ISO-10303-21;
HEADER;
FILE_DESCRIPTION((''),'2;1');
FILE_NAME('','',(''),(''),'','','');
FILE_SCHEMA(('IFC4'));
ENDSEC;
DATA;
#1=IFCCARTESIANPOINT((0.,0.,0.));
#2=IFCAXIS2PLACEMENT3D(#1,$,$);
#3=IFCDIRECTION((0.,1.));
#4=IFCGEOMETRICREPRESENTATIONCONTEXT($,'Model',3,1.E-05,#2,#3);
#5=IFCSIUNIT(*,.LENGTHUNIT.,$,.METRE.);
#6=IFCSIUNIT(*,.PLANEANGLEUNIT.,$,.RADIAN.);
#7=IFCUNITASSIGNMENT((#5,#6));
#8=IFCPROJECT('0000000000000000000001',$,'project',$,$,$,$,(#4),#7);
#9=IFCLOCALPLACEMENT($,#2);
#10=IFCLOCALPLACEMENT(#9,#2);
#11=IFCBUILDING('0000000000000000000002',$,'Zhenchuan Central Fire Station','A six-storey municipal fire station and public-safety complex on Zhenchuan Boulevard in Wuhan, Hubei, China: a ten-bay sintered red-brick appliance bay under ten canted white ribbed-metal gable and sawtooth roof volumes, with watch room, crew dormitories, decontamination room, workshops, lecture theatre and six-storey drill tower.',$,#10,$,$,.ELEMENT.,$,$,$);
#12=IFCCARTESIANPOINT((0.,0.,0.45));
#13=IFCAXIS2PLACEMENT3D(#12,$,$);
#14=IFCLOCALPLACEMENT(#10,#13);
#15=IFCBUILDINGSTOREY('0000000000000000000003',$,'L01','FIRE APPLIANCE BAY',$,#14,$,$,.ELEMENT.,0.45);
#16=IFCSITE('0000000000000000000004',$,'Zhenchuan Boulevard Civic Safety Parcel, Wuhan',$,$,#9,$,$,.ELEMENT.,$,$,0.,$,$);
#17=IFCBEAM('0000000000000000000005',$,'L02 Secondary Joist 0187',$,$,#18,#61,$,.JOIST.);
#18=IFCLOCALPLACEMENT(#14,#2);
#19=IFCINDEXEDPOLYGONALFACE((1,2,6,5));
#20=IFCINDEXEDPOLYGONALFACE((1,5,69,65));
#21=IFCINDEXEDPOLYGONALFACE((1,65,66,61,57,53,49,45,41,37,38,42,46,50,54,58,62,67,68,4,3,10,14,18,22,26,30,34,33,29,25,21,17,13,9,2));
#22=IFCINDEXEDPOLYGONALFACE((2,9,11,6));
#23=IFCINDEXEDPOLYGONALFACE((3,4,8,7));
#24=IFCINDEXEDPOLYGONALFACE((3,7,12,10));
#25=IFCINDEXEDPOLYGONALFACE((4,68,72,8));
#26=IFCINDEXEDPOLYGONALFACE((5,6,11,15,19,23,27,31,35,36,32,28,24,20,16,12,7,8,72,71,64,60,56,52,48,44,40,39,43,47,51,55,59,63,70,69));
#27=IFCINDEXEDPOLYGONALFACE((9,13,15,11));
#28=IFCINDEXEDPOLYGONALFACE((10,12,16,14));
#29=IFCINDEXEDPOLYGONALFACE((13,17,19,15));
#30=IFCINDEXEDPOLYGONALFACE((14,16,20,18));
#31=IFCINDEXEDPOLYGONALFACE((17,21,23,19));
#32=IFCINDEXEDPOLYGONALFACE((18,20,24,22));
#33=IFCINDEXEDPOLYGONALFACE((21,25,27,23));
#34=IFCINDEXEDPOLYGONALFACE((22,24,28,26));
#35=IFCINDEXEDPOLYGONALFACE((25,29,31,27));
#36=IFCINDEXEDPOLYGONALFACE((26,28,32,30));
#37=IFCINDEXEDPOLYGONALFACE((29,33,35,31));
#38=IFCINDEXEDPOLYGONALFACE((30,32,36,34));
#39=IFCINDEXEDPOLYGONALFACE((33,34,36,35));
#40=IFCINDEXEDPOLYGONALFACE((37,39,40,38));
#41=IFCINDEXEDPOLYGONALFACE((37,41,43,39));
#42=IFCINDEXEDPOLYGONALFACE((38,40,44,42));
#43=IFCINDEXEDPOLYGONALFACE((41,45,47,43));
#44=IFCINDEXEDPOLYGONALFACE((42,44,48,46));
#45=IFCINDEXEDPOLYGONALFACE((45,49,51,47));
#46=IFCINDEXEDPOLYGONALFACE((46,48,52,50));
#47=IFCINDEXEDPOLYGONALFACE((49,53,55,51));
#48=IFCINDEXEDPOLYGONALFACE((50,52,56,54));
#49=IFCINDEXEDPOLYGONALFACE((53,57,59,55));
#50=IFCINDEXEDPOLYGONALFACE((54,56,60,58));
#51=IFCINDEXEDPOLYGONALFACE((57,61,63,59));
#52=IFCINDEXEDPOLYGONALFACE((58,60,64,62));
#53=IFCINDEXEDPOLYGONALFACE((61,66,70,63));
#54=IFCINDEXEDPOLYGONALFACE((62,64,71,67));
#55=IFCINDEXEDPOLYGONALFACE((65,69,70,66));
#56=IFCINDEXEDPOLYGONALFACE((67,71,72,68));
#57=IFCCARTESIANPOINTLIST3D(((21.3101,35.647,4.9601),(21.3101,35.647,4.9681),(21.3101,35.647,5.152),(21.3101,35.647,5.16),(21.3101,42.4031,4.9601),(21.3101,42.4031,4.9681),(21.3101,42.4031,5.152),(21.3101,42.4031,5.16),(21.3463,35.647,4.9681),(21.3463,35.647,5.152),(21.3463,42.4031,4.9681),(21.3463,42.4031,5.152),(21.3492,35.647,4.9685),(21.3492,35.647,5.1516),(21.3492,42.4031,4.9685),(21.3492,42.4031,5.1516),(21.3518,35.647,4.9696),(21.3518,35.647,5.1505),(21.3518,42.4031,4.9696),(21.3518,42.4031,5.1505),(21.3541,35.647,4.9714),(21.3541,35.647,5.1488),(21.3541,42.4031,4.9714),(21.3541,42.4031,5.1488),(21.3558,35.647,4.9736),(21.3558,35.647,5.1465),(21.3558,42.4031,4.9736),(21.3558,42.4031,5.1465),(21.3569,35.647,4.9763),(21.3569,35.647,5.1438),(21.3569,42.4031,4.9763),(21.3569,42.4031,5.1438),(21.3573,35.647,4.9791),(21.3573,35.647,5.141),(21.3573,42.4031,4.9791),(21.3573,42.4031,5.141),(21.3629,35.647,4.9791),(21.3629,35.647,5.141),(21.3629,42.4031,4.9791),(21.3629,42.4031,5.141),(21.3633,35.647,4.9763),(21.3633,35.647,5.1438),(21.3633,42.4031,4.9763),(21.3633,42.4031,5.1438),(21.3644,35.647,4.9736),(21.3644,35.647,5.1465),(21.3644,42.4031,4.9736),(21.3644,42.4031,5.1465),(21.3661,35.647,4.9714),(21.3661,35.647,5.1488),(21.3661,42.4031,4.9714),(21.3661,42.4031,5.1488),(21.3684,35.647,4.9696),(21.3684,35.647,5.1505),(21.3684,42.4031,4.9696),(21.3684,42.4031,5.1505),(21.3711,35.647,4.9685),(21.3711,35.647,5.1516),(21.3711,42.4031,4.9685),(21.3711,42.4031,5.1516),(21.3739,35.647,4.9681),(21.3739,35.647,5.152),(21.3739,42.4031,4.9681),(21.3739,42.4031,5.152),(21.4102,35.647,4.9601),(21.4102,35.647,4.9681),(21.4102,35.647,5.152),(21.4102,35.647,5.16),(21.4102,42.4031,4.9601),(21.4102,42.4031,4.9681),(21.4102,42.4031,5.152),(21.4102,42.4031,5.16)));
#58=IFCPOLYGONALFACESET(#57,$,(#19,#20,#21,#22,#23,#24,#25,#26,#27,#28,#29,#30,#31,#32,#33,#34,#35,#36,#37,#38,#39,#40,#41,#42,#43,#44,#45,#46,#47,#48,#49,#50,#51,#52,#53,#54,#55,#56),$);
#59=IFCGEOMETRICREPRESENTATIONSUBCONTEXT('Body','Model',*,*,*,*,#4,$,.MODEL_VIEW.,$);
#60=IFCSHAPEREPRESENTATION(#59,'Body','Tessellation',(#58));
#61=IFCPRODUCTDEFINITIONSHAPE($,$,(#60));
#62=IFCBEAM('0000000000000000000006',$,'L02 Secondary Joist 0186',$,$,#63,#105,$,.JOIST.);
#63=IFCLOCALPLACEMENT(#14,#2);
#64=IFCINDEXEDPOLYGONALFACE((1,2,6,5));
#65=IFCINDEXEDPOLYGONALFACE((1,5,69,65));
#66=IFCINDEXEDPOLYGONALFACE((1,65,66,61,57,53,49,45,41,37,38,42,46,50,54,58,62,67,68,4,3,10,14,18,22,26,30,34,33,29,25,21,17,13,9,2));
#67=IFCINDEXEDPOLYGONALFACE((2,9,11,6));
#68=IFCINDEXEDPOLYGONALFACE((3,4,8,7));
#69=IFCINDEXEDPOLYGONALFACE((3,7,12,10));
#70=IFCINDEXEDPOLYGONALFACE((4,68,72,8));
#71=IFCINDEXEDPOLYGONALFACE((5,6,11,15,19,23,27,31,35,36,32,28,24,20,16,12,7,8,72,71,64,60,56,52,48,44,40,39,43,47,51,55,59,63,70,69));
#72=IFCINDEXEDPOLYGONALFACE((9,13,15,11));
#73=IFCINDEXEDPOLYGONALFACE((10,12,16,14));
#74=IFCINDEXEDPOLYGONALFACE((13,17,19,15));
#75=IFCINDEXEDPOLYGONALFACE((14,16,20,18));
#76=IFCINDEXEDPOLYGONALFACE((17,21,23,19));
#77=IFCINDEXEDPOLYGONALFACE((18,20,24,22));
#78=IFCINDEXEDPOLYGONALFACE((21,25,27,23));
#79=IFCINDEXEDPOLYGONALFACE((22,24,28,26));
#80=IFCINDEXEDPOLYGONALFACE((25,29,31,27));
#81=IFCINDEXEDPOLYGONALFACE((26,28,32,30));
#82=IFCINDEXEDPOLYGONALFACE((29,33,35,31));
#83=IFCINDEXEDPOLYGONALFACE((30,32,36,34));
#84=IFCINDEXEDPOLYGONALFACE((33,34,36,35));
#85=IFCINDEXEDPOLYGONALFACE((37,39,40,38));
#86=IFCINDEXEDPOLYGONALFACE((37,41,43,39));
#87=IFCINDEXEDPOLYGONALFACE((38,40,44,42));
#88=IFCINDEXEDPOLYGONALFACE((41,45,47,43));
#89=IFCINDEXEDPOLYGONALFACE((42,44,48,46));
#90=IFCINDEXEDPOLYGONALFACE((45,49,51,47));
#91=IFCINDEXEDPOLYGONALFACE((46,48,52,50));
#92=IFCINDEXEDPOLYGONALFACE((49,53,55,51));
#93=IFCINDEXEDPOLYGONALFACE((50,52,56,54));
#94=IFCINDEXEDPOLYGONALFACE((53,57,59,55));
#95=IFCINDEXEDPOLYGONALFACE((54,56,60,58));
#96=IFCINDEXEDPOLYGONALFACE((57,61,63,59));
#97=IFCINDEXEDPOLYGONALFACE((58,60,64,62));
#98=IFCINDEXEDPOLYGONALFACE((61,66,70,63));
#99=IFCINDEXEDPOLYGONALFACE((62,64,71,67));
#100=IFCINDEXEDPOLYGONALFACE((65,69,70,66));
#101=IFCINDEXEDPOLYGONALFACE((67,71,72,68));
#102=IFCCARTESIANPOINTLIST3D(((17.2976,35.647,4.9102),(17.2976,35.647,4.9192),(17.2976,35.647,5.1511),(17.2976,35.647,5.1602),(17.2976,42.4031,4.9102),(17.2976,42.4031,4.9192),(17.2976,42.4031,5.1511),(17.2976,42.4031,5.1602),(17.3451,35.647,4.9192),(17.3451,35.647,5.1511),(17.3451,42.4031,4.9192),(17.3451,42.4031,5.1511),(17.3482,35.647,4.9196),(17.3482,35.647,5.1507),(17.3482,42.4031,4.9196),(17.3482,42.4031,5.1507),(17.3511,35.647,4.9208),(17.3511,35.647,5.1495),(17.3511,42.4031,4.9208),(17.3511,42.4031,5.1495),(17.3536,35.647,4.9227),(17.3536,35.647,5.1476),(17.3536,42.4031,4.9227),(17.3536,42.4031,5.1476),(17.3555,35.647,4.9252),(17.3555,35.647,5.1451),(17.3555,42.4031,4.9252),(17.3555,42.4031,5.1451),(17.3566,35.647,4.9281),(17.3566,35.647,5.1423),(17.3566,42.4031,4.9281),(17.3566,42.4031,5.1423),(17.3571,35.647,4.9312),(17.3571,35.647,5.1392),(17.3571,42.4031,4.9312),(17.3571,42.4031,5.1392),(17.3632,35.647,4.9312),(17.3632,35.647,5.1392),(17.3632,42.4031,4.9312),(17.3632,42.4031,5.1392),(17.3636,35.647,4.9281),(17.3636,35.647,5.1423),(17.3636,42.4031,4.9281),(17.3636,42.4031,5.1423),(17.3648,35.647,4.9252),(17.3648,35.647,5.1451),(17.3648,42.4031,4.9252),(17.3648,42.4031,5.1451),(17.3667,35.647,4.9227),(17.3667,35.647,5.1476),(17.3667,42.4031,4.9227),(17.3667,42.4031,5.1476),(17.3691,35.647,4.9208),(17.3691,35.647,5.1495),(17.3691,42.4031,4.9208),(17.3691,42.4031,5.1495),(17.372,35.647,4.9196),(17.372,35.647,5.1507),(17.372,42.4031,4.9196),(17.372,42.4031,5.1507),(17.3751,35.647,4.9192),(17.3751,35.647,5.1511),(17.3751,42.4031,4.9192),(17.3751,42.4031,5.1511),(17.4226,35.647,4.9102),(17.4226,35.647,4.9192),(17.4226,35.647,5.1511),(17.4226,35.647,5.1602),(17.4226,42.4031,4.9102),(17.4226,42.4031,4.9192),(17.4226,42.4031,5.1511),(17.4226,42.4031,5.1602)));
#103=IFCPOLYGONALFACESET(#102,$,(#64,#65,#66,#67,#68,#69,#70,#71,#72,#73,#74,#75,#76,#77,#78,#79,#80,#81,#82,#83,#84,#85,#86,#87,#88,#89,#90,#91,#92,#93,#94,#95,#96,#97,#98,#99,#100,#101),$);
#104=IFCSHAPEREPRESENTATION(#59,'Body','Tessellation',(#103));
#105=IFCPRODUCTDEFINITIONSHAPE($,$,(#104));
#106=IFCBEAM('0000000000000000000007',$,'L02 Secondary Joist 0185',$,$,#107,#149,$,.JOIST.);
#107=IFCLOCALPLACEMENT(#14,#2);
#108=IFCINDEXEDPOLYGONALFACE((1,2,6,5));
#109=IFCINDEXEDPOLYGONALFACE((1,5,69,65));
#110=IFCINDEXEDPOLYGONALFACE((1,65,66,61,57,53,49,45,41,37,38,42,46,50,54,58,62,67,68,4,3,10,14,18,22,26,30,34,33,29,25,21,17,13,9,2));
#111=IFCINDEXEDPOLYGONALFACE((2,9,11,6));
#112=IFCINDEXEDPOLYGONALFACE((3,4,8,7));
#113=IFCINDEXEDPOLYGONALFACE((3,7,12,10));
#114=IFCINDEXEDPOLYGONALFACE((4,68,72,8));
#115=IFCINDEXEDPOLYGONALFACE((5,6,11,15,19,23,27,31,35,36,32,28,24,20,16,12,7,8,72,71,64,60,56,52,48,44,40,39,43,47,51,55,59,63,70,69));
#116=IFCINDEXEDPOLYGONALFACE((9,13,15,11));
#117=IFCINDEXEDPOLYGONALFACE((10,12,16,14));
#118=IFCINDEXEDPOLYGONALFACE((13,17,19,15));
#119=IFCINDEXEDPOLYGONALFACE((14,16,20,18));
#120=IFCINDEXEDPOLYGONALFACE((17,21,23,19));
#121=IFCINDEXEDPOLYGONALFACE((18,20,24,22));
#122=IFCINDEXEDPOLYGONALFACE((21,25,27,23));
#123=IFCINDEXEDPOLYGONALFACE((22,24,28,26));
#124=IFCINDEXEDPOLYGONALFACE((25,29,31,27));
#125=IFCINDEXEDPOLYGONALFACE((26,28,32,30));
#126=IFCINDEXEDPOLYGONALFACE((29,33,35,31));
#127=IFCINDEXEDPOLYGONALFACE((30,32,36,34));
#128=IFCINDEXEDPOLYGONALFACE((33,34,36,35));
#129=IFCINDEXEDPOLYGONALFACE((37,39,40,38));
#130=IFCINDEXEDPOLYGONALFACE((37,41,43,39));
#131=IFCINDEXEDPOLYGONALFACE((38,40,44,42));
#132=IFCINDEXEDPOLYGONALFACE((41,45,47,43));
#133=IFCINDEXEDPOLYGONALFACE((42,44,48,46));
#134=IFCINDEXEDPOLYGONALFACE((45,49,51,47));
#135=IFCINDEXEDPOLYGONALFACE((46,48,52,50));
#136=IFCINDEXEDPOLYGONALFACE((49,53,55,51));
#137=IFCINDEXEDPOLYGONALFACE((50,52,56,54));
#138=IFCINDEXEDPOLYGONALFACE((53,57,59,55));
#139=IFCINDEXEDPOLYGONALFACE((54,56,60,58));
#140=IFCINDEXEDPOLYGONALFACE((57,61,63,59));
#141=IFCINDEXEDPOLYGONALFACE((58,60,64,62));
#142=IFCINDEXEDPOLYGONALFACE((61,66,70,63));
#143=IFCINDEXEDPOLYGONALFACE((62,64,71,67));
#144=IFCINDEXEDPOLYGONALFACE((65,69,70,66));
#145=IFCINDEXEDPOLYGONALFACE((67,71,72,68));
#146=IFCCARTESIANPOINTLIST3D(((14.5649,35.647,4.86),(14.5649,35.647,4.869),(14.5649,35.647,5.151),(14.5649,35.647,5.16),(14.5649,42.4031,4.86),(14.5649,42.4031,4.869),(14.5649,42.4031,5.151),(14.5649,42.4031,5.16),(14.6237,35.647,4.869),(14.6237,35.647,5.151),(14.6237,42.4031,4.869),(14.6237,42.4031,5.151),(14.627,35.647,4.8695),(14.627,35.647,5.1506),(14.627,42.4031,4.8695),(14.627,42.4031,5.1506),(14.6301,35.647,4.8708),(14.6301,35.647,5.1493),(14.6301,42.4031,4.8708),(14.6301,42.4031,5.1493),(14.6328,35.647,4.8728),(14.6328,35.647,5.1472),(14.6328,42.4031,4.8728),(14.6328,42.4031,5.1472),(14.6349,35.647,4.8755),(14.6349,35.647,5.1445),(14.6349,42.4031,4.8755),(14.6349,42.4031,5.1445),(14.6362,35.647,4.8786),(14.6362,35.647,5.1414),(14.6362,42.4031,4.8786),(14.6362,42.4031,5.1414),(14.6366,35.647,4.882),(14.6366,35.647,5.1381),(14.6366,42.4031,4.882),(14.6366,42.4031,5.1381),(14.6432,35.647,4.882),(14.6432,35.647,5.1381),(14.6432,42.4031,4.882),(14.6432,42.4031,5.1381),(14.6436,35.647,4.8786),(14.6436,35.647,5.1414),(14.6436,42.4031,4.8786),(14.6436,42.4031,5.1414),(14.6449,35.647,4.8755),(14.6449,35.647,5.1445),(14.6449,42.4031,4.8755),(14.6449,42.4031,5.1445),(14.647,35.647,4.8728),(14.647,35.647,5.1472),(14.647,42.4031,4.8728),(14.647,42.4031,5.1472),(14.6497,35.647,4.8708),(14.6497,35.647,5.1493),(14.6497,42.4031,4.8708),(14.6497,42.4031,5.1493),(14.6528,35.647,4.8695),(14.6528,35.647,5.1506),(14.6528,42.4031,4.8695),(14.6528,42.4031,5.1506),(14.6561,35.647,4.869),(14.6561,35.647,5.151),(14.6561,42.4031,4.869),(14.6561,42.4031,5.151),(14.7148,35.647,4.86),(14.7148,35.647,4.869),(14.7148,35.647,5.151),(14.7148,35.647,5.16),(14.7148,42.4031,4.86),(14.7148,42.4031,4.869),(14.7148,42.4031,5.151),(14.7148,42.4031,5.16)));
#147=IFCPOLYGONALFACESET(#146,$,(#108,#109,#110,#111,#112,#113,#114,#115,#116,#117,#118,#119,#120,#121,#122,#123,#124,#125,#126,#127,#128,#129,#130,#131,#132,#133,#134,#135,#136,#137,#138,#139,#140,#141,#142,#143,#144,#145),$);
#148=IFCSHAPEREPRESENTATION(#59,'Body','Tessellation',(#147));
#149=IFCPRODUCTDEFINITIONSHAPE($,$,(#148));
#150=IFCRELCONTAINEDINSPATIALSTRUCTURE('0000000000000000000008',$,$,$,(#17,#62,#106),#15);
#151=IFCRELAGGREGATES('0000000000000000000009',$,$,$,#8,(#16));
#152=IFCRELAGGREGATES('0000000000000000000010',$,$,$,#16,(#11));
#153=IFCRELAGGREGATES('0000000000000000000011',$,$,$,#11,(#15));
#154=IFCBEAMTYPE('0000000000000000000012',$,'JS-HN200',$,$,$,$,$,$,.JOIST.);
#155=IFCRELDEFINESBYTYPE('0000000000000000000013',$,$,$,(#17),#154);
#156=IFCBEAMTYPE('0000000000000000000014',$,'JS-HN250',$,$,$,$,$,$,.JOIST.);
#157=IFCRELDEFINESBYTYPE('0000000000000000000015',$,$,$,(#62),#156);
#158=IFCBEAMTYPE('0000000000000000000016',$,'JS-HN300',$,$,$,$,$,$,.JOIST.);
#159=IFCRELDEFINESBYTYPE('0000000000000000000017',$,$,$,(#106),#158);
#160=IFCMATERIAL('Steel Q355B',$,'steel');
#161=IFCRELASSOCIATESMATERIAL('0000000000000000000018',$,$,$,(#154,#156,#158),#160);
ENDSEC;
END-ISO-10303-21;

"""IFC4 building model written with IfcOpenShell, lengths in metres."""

from ifc_helpers import new_model, si_unit, direction, frame, origin, origin_2d, place, context, subcontext, project, spatial, i_section, extrude, material, material_profile, profile_set, type_object, element, save


model = new_model("IFC4")

# Units and contexts
model_context = context("Model", 3, precision=1e-05, world=origin(), true_north=direction((0.0, 1.0)))
body_context = subcontext(model_context, "Body", "Model", "MODEL_VIEW")
ifc_project = project(units=[si_unit("LENGTHUNIT", "METRE"), si_unit("PLANEANGLEUNIT", "RADIAN")], contexts=[model_context])

# Site, building, storey
site_placement = place(None, origin())
site = spatial("IfcSite", under=ifc_project, at=site_placement, Name="Zhenchuan Boulevard Civic Safety Parcel, Wuhan", CompositionType="ELEMENT", RefElevation=0.0)
building_placement = place(site_placement, origin())
building = spatial("IfcBuilding", under=site, at=building_placement, Name="Zhenchuan Central Fire Station", Description="A six-storey municipal fire station and public-safety complex on Zhenchuan Boulevard in Wuhan, Hubei, China: a ten-bay sintered red-brick appliance bay under ten canted white ribbed-metal gable and sawtooth roof volumes, with watch room, crew dormitories, decontamination room, workshops, lecture theatre and six-storey drill tower.", CompositionType="ELEMENT")
storey_placement = place(building_placement, frame((0.0, 0.0, 0.45)))
storey = spatial("IfcBuildingStorey", under=building, at=storey_placement, Name="L01", Description="FIRE APPLIANCE BAY", CompositionType="ELEMENT", Elevation=0.45)

# Beams
ifc_material_1 = material(Name="Steel Q355B", Category="steel")
ifc_material_profile_1 = material_profile(ifc_material_1, i_section(OverallWidth=0.1001, OverallDepth=0.2, WebThickness=0.0056, FlangeThickness=0.0081, FilletRadius=0.011, at=origin_2d()), Name="HN 200x100")
ifc_profile_set_1 = profile_set([ifc_material_profile_1], Name="Steel Q355B")
beam_type_1 = type_object("IfcBeamType", Name="JS-HN200", PredefinedType="JOIST", material=ifc_profile_set_1)
beam_1_placement = place(storey_placement, frame((21.3601, 35.647, 5.0601), z_axis=(0.0, 1.0, 0.0), x_axis=(-1.0, 0.0, 0.0)))
element("IfcBeam", 1, at=beam_1_placement, inside=storey, type_object=beam_type_1, Name="L02 Secondary Joist 0187", PredefinedType="JOIST", context=body_context, shape_type="SweptSolid", body=[
    extrude(i_section(OverallWidth=0.1001, OverallDepth=0.2, WebThickness=0.0056, FlangeThickness=0.0081, FilletRadius=0.011, at=origin_2d()), origin(), (0.0, 0.0, 1.0), 6.7561),
])
ifc_material_profile_2 = material_profile(ifc_material_1, i_section(OverallWidth=0.125, OverallDepth=0.25, WebThickness=0.0061, FlangeThickness=0.009, FilletRadius=0.012, at=origin_2d()), Name="HN 250x125")
ifc_profile_set_2 = profile_set([ifc_material_profile_2], Name="Steel Q355B")
beam_type_2 = type_object("IfcBeamType", Name="JS-HN250", PredefinedType="JOIST", material=ifc_profile_set_2)
beam_2_placement = place(storey_placement, frame((17.3601, 35.647, 5.0352), z_axis=(0.0, 1.0, 0.0), x_axis=(-1.0, 0.0, 0.0)))
element("IfcBeam", 2, at=beam_2_placement, inside=storey, type_object=beam_type_2, Name="L02 Secondary Joist 0186", PredefinedType="JOIST", context=body_context, shape_type="SweptSolid", body=[
    extrude(i_section(OverallWidth=0.125, OverallDepth=0.25, WebThickness=0.0061, FlangeThickness=0.009, FilletRadius=0.012, at=origin_2d()), origin(), (0.0, 0.0, 1.0), 6.7561),
])
ifc_material_profile_3 = material_profile(ifc_material_1, i_section(OverallWidth=0.1499, OverallDepth=0.3, WebThickness=0.0066, FlangeThickness=0.009, FilletRadius=0.0129, at=origin_2d()), Name="HN 300x150")
ifc_profile_set_3 = profile_set([ifc_material_profile_3], Name="Steel Q355B")
beam_type_3 = type_object("IfcBeamType", Name="JS-HN300", PredefinedType="JOIST", material=ifc_profile_set_3)
beam_3_placement = place(storey_placement, frame((14.6399, 35.647, 5.01), z_axis=(0.0, 1.0, 0.0), x_axis=(-1.0, 0.0, 0.0)))
element("IfcBeam", 3, at=beam_3_placement, inside=storey, type_object=beam_type_3, Name="L02 Secondary Joist 0185", PredefinedType="JOIST", context=body_context, shape_type="SweptSolid", body=[
    extrude(i_section(OverallWidth=0.1499, OverallDepth=0.3, WebThickness=0.0066, FlangeThickness=0.009, FilletRadius=0.0129, at=origin_2d()), origin(), (0.0, 0.0, 1.0), 6.7561),
])

save(model, "model.ifc")
